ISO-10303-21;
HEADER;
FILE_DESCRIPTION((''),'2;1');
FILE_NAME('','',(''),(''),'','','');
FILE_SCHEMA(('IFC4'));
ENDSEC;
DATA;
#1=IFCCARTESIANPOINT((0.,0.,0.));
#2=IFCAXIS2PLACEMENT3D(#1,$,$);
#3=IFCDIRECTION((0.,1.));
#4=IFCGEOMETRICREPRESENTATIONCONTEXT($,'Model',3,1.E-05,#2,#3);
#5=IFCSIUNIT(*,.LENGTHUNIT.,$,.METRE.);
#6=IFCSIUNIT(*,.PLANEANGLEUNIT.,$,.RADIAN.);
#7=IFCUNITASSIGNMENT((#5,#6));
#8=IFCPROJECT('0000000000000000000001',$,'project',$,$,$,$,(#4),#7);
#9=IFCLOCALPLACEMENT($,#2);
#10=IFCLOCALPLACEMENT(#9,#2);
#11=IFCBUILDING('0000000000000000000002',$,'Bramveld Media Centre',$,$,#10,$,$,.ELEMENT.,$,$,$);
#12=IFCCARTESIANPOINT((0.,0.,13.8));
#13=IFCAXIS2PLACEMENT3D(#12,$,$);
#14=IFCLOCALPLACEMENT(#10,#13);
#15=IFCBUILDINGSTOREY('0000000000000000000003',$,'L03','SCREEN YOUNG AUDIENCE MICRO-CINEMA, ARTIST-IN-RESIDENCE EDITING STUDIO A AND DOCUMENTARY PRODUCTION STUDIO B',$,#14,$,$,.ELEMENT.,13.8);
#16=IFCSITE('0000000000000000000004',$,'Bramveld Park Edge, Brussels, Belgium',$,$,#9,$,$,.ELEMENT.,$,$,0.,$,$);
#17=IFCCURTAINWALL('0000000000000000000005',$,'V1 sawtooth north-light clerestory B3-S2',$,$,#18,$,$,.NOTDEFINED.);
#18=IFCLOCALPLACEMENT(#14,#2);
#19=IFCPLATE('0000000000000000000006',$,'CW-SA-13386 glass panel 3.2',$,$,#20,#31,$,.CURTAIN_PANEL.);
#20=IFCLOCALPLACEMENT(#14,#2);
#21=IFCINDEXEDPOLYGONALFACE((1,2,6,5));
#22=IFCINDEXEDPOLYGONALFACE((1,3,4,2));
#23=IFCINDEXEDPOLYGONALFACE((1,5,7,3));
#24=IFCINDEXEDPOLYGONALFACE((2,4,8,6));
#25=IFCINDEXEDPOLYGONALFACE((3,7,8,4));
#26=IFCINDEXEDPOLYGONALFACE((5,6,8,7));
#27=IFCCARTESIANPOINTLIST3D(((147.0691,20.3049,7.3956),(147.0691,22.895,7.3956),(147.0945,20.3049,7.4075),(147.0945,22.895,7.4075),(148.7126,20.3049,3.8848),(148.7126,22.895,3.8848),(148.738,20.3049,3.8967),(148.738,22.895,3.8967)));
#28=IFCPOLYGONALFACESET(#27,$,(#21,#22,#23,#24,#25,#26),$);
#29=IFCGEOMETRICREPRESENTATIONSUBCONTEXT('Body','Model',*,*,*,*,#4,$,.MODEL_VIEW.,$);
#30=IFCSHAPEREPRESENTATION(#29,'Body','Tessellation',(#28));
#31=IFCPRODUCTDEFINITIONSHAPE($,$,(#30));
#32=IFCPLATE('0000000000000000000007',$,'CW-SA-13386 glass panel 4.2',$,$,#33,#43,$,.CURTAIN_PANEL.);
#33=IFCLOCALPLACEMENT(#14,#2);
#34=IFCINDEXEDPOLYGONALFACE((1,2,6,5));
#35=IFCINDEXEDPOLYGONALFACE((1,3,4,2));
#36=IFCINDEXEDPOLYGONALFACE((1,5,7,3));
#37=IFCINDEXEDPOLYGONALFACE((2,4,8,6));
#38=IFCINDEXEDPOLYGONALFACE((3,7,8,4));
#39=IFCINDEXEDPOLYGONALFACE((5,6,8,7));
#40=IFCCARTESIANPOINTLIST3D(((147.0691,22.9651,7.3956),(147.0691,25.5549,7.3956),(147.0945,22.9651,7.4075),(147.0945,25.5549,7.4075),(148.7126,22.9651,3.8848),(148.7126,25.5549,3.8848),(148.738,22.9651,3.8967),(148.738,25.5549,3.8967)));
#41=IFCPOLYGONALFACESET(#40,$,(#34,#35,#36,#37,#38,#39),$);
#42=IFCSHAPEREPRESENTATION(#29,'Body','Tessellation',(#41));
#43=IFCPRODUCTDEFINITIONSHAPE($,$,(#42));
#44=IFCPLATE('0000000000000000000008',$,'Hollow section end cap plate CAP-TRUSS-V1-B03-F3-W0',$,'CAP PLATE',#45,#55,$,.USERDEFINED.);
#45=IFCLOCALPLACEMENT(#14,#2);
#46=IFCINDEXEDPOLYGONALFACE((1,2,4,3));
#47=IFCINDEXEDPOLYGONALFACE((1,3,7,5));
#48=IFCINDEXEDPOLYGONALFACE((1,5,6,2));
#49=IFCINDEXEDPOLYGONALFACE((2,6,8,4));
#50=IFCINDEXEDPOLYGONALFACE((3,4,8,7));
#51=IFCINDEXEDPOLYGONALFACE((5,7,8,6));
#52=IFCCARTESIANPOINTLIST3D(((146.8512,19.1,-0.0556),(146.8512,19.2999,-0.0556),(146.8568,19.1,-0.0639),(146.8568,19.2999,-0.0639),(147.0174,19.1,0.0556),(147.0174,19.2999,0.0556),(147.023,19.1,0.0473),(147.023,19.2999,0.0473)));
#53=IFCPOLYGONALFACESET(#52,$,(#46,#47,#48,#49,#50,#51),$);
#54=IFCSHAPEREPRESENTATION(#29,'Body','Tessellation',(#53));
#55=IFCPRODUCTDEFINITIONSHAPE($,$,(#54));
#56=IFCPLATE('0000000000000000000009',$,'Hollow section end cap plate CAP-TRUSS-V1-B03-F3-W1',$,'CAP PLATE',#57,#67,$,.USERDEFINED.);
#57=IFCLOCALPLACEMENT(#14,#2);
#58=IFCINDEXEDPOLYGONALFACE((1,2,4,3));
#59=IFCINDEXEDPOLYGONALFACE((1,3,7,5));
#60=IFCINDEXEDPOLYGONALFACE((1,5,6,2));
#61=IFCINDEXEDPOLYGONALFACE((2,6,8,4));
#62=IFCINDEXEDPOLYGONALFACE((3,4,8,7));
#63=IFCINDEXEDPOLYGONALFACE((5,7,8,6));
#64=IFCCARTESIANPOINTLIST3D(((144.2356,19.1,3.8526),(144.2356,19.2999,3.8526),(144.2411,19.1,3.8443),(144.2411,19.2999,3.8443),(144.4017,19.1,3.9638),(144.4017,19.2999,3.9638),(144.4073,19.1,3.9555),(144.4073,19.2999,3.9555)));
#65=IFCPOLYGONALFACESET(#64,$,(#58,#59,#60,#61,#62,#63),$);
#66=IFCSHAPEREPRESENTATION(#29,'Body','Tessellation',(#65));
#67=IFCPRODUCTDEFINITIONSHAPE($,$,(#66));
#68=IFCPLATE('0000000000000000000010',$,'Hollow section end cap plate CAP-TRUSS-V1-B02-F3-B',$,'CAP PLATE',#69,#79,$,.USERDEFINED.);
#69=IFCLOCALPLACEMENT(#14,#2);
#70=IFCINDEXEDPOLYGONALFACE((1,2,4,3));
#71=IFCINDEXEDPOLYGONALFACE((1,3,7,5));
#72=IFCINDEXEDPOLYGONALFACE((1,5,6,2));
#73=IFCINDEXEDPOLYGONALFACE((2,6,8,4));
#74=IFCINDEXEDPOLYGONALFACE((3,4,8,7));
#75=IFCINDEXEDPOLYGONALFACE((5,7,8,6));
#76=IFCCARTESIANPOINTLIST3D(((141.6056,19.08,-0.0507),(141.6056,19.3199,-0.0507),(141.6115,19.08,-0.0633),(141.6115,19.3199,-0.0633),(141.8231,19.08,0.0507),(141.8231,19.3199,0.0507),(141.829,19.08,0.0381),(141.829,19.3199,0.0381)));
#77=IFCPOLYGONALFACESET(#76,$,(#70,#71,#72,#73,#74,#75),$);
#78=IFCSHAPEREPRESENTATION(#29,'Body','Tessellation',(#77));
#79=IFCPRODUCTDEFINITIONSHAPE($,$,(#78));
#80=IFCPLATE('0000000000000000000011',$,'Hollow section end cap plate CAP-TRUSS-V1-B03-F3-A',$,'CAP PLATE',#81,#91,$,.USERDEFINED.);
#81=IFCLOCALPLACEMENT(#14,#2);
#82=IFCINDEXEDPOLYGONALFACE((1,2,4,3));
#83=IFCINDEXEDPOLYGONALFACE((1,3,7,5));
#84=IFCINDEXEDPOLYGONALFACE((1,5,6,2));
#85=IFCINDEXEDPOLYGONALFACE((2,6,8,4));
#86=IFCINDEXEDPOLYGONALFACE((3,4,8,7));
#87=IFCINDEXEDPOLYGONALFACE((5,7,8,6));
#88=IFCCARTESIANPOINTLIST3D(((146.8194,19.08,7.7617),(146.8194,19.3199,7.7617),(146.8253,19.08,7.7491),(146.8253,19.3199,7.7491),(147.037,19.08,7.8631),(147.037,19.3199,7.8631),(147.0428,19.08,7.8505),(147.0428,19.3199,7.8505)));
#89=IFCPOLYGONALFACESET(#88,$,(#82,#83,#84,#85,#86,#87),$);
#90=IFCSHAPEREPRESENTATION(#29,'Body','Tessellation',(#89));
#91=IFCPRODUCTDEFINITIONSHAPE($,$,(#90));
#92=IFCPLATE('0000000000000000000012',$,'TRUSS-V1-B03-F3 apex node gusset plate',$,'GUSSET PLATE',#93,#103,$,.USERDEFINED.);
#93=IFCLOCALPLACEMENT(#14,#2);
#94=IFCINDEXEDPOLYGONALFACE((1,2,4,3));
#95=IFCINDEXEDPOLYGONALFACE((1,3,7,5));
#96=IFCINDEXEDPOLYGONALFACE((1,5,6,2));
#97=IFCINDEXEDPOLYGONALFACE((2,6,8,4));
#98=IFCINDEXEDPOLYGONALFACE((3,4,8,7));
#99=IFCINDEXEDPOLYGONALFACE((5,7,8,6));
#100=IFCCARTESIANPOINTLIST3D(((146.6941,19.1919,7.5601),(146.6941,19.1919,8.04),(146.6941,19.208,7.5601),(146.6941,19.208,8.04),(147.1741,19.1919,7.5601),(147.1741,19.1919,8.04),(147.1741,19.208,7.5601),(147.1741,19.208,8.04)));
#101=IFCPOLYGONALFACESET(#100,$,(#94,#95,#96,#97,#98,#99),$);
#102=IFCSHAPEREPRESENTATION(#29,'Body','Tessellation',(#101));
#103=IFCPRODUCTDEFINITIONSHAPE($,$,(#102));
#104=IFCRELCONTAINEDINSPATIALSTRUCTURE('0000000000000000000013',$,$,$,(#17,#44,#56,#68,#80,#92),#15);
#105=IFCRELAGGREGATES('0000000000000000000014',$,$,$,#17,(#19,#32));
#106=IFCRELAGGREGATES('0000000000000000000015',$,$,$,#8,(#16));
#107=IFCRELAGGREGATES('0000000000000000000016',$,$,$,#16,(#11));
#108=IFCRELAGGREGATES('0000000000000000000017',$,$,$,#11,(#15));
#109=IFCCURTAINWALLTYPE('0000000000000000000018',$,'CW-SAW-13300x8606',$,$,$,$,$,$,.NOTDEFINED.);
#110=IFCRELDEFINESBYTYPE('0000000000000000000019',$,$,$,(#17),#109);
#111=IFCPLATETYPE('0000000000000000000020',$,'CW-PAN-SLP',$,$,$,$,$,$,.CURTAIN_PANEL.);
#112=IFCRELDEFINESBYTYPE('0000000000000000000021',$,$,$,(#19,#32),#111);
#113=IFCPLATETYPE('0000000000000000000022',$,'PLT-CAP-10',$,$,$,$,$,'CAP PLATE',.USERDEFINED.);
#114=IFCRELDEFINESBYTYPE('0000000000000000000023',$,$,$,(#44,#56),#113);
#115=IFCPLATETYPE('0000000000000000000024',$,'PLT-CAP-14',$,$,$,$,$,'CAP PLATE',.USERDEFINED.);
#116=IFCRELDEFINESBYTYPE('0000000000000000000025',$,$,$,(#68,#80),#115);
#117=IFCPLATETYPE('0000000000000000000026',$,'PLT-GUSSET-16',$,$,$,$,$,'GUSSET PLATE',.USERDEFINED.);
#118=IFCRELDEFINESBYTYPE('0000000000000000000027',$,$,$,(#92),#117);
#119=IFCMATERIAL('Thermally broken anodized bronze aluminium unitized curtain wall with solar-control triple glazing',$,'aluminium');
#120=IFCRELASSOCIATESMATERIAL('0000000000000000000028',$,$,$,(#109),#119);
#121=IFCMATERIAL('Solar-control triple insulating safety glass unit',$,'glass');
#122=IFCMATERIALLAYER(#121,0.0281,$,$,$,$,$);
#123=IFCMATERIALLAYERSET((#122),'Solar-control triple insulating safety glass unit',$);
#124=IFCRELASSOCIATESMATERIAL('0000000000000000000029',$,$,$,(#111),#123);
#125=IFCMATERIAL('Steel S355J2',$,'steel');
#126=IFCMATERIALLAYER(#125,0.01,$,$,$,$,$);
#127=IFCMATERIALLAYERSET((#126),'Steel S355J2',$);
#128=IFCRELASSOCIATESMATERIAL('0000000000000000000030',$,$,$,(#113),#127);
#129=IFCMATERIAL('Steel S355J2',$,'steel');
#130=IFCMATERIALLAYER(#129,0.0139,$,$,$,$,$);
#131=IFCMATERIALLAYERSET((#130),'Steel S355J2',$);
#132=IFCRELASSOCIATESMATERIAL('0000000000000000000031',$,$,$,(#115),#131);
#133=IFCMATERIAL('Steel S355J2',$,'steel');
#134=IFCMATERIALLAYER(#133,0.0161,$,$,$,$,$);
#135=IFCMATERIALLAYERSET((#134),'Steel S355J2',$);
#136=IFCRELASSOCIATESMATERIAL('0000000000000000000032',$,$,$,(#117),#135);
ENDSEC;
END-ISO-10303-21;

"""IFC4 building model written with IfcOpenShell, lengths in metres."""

from ifc_helpers import new_model, si_unit, direction, frame, origin, origin_2d, place, context, subcontext, project, spatial, polyline, rectangle, outline, extrude, material, layer, layer_set, type_object, element, aggregate, save


model = new_model("IFC4")

# Units and contexts
model_context = context("Model", 3, precision=1e-05, world=origin(), true_north=direction((0.0, 1.0)))
body_context = subcontext(model_context, "Body", "Model", "MODEL_VIEW")
ifc_project = project(units=[si_unit("LENGTHUNIT", "METRE"), si_unit("PLANEANGLEUNIT", "RADIAN")], contexts=[model_context])

# Site, building, storey
site_placement = place(None, origin())
site = spatial("IfcSite", under=ifc_project, at=site_placement, Name="Bramveld Park Edge, Brussels, Belgium", CompositionType="ELEMENT", RefElevation=0.0)
building_placement = place(site_placement, origin())
building = spatial("IfcBuilding", under=site, at=building_placement, Name="Bramveld Media Centre", CompositionType="ELEMENT")
storey_placement = place(building_placement, frame((0.0, 0.0, 13.8)))
storey = spatial("IfcBuildingStorey", under=building, at=storey_placement, Name="L03", Description="SCREEN YOUNG AUDIENCE MICRO-CINEMA, ARTIST-IN-RESIDENCE EDITING STUDIO A AND DOCUMENTARY PRODUCTION STUDIO B", CompositionType="ELEMENT", Elevation=13.8)

# Curtain wall
ifc_material_1 = material(Name="Thermally broken anodized bronze aluminium unitized curtain wall with solar-control triple glazing", Category="aluminium")
curtain_wall_type = type_object("IfcCurtainWallType", Name="CW-SAW-13300x8606", PredefinedType="NOTDEFINED", material=ifc_material_1)
curtain_wall_1_placement = place(storey_placement, origin())
curtain_wall_1 = element("IfcCurtainWall", 1, at=curtain_wall_1_placement, inside=storey, type_object=curtain_wall_type, Name="V1 sawtooth north-light clerestory B3-S2", PredefinedType="NOTDEFINED")

# Plates
ifc_material_2 = material(Name="Solar-control triple insulating safety glass unit", Category="glass")
ifc_layer_1 = layer(ifc_material_2, 0.0281)
ifc_layer_set_1 = layer_set([ifc_layer_1], Name="Solar-control triple insulating safety glass unit")
plate_type_1 = type_object("IfcPlateType", Name="CW-PAN-SLP", PredefinedType="CURTAIN_PANEL", material=ifc_layer_set_1)
plate_1_placement = place(storey_placement, frame((148.738, 20.3049, 3.8967), z_axis=(0.905668, 0.0, 0.423988), x_axis=(0.0, 1.0, 0.0)))
plate_1 = element("IfcPlate", 2, at=plate_1_placement, type_object=plate_type_1, Name="CW-SA-13386 glass panel 3.2", PredefinedType="CURTAIN_PANEL", context=body_context, shape_type="SweptSolid", body=[
    extrude(outline(polyline([(0.0, 0.0), (2.5901, 0.0), (2.5901, 3.8764), (0.0, 3.8764), (0.0, 0.0)])), origin(), (0.0, 0.0, -1.0), 0.0281),
])
plate_2_placement = place(storey_placement, frame((148.738, 22.9651, 3.8967), z_axis=(0.905668, 0.0, 0.423988), x_axis=(0.0, 1.0, 0.0)))
plate_2 = element("IfcPlate", 3, at=plate_2_placement, type_object=plate_type_1, Name="CW-SA-13386 glass panel 4.2", PredefinedType="CURTAIN_PANEL", context=body_context, shape_type="SweptSolid", body=[
    extrude(outline(polyline([(0.0, 0.0), (2.5898, 0.0), (2.5898, 3.8764), (0.0, 3.8764), (0.0, 0.0)])), origin(), (0.0, 0.0, -1.0), 0.0281),
])
aggregate(curtain_wall_1, [plate_1, plate_2])

# Plates
ifc_material_3 = material(Name="Steel S355J2", Category="steel")
ifc_layer_2 = layer(ifc_material_3, 0.01)
ifc_layer_set_2 = layer_set([ifc_layer_2], Name="Steel S355J2")
plate_type_2 = type_object("IfcPlateType", Name="PLT-CAP-10", ElementType="CAP PLATE", PredefinedType="USERDEFINED", material=ifc_layer_set_2)
for number, where, z_axis, x_axis, name in (
    (4, (146.9343, 19.2, 0.0), (0.55616, 0.0, -0.831075), (0.0, 1.0, 0.0), "Hollow section end cap plate CAP-TRUSS-V1-B03-F3-W0"),
    (5, (144.3242, 19.2, 3.8999), (-0.55616, 0.0, 0.831075), (0.0, -1.0, 0.0), "Hollow section end cap plate CAP-TRUSS-V1-B03-F3-W1"),
):
    element("IfcPlate", number, at=place(storey_placement, frame(where, z_axis=z_axis, x_axis=x_axis)), inside=storey, type_object=plate_type_2, Name=name, ObjectType="CAP PLATE", PredefinedType="USERDEFINED", context=body_context, shape_type="SweptSolid", body=[
        extrude(rectangle(XDim=0.2, YDim=0.2, at=origin_2d()), origin(), (0.0, 0.0, 1.0), 0.01),
    ])
ifc_material_4 = material(Name="Steel S355J2", Category="steel")
ifc_layer_3 = layer(ifc_material_4, 0.0139)
ifc_layer_set_3 = layer_set([ifc_layer_3], Name="Steel S355J2")
plate_type_3 = type_object("IfcPlateType", Name="PLT-CAP-14", ElementType="CAP PLATE", PredefinedType="USERDEFINED", material=ifc_layer_set_3)
for number, where, z_axis, x_axis, name in (
    (6, (141.7144, 19.2, 0.0), (0.422628, 0.0, -0.906303), (0.0, 1.0, 0.0), "Hollow section end cap plate CAP-TRUSS-V1-B02-F3-B"),
    (7, (146.9341, 19.2, 7.7998), (-0.422618, 0.0, 0.906308), (0.0, -1.0, 0.0), "Hollow section end cap plate CAP-TRUSS-V1-B03-F3-A"),
):
    element("IfcPlate", number, at=place(storey_placement, frame(where, z_axis=z_axis, x_axis=x_axis)), inside=storey, type_object=plate_type_3, Name=name, ObjectType="CAP PLATE", PredefinedType="USERDEFINED", context=body_context, shape_type="SweptSolid", body=[
        extrude(rectangle(XDim=0.24, YDim=0.24, at=origin_2d()), origin(), (0.0, 0.0, 1.0), 0.0139),
    ])
ifc_material_5 = material(Name="Steel S355J2", Category="steel")
ifc_layer_4 = layer(ifc_material_5, 0.0161)
ifc_layer_set_4 = layer_set([ifc_layer_4], Name="Steel S355J2")
plate_type_4 = type_object("IfcPlateType", Name="PLT-GUSSET-16", ElementType="GUSSET PLATE", PredefinedType="USERDEFINED", material=ifc_layer_set_4)
plate_3_placement = place(storey_placement, frame((146.9341, 19.2, 7.5601), z_axis=(0.0, 0.0, 1.0), x_axis=(1.0, 0.0, 0.0)))
element("IfcPlate", 8, at=plate_3_placement, inside=storey, type_object=plate_type_4, Name="TRUSS-V1-B03-F3 apex node gusset plate", ObjectType="GUSSET PLATE", PredefinedType="USERDEFINED", context=body_context, shape_type="SweptSolid", body=[
    extrude(rectangle(XDim=0.48, YDim=0.0161, at=origin_2d()), origin(), (0.0, 0.0, 1.0), 0.48),
])

save(model, "model.ifc")
